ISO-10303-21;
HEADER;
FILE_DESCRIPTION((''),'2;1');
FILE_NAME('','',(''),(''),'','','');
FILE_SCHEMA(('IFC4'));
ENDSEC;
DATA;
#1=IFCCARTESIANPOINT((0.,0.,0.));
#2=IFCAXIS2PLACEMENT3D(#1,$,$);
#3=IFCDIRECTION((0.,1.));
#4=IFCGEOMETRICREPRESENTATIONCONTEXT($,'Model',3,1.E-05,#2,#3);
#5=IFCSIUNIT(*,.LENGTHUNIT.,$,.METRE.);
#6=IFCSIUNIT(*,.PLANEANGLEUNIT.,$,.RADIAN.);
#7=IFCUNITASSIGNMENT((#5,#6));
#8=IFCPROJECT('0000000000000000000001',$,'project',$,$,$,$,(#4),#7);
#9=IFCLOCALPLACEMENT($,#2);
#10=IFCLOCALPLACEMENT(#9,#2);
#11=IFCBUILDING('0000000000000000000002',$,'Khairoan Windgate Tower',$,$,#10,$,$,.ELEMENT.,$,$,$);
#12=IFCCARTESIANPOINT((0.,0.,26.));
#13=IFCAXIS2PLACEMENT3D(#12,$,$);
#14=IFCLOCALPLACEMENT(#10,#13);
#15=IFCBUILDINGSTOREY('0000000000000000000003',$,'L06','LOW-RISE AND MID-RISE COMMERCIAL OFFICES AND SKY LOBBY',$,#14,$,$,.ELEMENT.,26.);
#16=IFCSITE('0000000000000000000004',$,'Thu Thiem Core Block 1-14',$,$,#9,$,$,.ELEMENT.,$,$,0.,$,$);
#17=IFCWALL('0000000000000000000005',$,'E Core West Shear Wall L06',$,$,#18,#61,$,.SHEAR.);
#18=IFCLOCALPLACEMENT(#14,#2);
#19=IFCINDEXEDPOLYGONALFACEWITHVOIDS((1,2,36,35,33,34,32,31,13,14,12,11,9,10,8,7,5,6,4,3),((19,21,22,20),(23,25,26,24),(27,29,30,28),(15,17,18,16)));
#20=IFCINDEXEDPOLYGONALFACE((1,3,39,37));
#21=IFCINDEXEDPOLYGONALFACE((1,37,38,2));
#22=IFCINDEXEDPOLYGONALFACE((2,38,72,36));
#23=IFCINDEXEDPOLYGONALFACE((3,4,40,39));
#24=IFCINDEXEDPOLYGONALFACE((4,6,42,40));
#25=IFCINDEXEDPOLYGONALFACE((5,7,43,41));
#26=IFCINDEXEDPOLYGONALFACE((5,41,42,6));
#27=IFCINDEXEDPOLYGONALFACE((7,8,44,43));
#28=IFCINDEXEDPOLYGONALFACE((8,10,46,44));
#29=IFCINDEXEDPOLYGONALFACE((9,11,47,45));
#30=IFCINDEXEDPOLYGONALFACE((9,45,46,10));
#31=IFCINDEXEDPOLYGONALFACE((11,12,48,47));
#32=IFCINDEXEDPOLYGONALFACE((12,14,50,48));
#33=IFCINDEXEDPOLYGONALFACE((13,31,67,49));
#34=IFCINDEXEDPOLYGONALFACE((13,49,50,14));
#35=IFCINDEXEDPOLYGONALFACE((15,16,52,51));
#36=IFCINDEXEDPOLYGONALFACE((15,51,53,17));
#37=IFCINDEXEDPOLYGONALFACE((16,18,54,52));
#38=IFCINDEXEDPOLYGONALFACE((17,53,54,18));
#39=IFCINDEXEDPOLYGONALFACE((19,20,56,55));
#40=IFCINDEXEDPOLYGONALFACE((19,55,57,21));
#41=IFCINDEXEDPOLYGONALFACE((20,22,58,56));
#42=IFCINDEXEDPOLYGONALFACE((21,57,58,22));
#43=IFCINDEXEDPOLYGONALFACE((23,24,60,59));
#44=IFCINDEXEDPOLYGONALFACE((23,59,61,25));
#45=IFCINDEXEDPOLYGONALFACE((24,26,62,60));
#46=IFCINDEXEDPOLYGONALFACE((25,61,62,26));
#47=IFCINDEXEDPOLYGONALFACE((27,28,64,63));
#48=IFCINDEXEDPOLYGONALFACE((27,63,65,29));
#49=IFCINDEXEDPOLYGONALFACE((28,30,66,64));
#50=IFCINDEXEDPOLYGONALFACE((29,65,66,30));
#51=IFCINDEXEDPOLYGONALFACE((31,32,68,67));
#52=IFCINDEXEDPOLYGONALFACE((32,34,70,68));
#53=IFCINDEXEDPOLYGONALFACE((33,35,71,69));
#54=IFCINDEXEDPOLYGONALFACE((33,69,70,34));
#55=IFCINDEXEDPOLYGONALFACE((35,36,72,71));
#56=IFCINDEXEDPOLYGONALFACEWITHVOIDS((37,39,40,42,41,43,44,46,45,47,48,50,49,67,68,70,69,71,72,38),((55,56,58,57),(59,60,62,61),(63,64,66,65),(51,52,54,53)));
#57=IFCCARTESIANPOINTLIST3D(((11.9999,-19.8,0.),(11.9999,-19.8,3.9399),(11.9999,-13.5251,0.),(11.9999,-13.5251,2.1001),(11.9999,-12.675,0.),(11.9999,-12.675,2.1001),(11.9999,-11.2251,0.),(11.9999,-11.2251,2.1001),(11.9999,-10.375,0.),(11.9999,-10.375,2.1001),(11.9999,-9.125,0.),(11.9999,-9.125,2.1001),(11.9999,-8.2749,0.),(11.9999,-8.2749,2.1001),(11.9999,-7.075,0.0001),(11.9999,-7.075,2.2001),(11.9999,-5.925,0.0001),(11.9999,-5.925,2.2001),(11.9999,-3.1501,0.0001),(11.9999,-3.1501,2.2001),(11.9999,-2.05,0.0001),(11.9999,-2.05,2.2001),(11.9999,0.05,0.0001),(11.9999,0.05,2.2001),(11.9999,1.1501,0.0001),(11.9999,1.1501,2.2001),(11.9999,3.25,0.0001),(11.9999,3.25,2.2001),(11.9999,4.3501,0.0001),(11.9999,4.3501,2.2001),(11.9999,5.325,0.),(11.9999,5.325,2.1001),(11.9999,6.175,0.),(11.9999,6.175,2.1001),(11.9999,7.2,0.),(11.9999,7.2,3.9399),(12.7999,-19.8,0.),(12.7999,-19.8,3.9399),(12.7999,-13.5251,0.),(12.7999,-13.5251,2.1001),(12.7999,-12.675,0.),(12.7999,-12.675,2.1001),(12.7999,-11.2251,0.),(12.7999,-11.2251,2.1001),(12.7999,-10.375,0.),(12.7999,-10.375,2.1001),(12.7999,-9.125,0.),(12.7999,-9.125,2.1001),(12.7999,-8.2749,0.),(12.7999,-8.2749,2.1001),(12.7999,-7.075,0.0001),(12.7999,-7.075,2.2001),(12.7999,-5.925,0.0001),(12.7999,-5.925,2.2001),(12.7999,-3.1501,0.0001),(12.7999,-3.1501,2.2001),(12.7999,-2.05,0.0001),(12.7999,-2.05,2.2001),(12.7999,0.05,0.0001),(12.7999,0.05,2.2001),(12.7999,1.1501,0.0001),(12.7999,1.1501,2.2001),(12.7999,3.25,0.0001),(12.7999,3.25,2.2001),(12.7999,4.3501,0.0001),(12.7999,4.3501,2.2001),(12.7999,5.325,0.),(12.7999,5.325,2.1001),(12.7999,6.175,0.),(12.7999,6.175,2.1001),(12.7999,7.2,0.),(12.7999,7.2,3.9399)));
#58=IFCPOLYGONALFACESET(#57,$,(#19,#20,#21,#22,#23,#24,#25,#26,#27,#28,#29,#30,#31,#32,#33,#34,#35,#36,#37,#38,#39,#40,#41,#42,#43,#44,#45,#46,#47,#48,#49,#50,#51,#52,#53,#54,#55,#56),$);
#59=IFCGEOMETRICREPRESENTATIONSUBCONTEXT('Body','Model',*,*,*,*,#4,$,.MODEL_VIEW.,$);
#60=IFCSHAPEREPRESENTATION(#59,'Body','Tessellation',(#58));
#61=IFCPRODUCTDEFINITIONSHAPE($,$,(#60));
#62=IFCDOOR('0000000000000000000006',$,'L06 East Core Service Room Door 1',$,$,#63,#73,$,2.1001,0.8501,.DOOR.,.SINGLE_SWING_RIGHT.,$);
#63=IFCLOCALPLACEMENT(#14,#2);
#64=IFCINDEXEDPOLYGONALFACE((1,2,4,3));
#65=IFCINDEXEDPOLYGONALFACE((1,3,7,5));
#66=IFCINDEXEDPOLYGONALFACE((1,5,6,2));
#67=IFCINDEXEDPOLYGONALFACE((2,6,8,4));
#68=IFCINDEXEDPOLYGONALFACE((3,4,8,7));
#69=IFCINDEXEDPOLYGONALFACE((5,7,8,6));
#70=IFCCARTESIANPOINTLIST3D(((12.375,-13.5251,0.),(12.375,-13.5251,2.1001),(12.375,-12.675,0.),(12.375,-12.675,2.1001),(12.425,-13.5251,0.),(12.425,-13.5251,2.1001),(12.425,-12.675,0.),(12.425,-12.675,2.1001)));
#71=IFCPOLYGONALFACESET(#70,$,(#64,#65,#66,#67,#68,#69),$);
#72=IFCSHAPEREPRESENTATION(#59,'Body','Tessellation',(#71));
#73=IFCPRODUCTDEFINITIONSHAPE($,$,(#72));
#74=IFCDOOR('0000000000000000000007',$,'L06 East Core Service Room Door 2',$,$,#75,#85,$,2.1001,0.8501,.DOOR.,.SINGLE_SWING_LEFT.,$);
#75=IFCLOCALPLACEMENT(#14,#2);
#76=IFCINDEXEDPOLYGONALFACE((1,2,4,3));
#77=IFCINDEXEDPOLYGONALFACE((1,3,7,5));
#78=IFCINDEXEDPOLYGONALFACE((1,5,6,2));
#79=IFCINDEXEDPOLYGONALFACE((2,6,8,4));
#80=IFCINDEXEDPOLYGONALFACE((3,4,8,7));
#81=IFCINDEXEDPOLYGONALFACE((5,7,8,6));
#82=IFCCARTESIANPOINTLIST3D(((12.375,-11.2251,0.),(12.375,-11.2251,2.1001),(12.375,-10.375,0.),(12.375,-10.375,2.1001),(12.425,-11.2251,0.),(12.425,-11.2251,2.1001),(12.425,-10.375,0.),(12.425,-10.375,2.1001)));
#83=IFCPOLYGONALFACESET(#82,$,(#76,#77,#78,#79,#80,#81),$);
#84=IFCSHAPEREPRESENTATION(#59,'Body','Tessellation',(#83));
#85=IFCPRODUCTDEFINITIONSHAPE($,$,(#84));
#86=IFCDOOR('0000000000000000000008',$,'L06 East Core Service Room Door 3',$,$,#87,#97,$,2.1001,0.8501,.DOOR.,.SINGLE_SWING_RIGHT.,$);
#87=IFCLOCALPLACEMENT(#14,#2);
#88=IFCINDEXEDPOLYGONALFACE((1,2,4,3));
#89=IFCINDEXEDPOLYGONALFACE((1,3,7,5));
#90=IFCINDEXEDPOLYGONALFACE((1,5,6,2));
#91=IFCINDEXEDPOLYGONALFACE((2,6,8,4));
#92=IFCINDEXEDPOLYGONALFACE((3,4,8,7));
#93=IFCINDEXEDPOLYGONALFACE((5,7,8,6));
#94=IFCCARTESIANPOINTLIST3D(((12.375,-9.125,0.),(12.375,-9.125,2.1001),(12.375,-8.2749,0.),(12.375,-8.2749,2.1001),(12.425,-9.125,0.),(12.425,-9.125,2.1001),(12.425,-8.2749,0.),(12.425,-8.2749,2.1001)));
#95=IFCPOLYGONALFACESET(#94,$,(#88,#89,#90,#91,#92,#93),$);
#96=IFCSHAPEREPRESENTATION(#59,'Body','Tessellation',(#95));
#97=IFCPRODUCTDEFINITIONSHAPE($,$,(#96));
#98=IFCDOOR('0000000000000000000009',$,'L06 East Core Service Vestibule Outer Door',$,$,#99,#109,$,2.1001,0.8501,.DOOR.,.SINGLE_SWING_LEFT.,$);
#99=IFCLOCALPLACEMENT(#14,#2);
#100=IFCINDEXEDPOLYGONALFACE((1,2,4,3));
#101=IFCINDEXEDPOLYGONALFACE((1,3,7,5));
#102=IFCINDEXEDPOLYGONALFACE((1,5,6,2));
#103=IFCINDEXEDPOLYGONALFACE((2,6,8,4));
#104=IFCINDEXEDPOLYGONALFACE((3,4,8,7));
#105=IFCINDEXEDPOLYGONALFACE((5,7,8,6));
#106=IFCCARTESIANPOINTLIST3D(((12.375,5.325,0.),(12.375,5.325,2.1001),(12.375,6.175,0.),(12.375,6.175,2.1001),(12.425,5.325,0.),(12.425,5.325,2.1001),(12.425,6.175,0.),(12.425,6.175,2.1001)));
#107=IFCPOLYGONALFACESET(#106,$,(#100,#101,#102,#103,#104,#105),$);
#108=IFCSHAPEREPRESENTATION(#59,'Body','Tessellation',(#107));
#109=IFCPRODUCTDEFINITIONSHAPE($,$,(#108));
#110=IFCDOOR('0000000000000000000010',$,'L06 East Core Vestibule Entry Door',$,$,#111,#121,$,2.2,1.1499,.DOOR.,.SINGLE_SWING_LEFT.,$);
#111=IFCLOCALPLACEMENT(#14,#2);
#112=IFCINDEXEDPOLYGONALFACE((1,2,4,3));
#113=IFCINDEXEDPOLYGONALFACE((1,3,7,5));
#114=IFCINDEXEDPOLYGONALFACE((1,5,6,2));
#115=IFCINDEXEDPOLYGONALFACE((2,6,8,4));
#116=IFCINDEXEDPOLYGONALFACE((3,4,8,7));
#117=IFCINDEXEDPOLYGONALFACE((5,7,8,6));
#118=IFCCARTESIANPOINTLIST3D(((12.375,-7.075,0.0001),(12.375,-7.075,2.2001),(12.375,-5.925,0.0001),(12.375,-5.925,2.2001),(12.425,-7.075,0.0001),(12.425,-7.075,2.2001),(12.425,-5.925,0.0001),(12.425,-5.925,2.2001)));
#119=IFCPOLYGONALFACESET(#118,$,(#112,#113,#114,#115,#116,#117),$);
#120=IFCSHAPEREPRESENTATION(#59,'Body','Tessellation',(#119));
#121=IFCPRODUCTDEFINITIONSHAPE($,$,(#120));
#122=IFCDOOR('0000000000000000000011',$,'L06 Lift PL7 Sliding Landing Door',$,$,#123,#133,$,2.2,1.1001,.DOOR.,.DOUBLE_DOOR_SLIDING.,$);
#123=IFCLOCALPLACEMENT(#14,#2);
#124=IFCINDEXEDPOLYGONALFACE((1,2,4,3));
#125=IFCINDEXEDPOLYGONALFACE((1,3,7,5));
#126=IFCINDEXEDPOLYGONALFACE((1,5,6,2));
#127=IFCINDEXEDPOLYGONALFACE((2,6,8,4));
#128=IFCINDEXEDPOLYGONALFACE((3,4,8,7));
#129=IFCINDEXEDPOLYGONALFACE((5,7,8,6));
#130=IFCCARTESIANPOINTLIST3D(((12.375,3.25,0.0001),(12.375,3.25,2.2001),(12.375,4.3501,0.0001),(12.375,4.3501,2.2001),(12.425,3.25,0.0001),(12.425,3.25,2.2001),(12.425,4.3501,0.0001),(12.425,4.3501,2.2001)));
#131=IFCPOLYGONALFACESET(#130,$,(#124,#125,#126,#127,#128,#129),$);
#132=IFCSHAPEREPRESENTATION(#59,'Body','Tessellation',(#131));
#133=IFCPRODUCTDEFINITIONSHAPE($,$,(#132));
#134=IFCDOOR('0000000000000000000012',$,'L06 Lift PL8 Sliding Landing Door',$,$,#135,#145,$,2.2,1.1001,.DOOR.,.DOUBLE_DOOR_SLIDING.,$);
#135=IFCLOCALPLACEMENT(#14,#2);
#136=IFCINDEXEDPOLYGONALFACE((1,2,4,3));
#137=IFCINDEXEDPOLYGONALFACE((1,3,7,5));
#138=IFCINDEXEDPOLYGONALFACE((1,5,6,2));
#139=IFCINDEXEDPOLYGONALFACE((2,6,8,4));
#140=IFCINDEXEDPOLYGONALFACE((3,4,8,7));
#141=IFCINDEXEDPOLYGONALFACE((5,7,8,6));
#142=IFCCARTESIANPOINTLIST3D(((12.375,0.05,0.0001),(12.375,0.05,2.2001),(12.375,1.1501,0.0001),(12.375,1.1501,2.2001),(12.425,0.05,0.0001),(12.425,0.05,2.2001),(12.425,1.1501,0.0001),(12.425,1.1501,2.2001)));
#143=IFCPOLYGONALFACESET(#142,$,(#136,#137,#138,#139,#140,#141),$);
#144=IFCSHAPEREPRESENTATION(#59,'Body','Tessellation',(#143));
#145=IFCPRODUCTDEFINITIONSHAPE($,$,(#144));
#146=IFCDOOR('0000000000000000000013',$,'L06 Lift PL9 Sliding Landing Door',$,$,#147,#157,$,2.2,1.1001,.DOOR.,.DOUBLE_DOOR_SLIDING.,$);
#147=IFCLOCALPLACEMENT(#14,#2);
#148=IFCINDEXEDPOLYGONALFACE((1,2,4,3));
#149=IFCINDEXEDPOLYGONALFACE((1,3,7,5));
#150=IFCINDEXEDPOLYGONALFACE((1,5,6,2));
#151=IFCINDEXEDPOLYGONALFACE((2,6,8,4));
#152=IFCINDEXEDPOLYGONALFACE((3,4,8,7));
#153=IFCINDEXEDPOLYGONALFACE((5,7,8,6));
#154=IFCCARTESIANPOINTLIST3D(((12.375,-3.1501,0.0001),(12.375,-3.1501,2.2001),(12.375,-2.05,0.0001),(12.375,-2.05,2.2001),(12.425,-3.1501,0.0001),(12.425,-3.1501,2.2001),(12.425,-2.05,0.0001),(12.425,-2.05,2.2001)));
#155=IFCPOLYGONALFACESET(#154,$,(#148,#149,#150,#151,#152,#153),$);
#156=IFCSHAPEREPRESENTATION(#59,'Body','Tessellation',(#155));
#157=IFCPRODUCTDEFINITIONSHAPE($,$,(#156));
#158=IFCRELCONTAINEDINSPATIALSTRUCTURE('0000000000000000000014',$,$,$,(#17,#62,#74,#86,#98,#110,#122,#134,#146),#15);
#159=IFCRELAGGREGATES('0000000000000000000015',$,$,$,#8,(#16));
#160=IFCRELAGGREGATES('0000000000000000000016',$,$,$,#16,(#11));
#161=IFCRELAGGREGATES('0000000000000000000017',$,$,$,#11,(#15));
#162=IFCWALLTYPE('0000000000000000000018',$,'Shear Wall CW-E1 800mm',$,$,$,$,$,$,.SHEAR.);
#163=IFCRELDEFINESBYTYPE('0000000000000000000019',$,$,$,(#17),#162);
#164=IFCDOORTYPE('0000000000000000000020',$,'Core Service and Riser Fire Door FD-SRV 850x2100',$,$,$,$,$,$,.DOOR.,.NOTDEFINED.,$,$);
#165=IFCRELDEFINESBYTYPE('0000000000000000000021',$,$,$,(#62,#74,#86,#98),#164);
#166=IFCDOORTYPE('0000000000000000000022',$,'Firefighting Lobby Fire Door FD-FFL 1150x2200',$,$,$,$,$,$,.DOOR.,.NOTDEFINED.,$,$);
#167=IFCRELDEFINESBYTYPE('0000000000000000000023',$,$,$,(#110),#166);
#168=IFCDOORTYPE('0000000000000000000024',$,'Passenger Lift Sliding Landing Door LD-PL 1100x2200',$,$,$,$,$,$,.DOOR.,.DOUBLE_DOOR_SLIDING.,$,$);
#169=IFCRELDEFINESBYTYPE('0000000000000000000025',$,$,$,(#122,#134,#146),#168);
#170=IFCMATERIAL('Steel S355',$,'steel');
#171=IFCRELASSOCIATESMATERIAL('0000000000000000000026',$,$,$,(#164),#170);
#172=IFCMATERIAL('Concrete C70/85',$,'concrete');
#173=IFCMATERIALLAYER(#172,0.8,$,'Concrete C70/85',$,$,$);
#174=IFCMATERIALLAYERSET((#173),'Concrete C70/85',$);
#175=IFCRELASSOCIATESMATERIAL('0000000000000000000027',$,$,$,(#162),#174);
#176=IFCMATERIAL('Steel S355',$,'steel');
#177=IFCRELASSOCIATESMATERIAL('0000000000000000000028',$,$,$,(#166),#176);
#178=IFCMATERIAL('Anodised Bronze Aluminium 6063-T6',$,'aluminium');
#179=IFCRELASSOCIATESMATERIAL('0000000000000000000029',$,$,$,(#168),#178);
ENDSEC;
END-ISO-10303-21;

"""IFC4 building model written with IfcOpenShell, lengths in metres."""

from ifc_helpers import new_model, si_unit, direction, frame, frame_2d, origin, place, context, subcontext, project, spatial, rectangle, extrude, material, layer, layer_set, type_object, element, fill, save


model = new_model("IFC4")

# Units and contexts
model_context = context("Model", 3, precision=1e-05, world=origin(), true_north=direction((0.0, 1.0)))
body_context = subcontext(model_context, "Body", "Model", "MODEL_VIEW")
ifc_project = project(units=[si_unit("LENGTHUNIT", "METRE"), si_unit("PLANEANGLEUNIT", "RADIAN")], contexts=[model_context])

# Site, building, storey
site_placement = place(None, origin())
site = spatial("IfcSite", under=ifc_project, at=site_placement, Name="Thu Thiem Core Block 1-14", CompositionType="ELEMENT", RefElevation=0.0)
building_placement = place(site_placement, origin())
building = spatial("IfcBuilding", under=site, at=building_placement, Name="Khairoan Windgate Tower", CompositionType="ELEMENT")
storey_placement = place(building_placement, frame((0.0, 0.0, 26.0)))
storey = spatial("IfcBuildingStorey", under=building, at=storey_placement, Name="L06", Description="LOW-RISE AND MID-RISE COMMERCIAL OFFICES AND SKY LOBBY", CompositionType="ELEMENT", Elevation=26.0)

# Shared definitions
ifc_material_1 = material(Name="Steel S355", Category="steel")
door_type_1 = type_object("IfcDoorType", Name="Core Service and Riser Fire Door FD-SRV 850x2100", OperationType="NOTDEFINED", PredefinedType="DOOR", material=ifc_material_1)

# Wall, openings, doors
ifc_material_2 = material(Name="Concrete C70/85", Category="concrete")
ifc_layer_1 = layer(ifc_material_2, 0.8, Name="Concrete C70/85")
ifc_layer_set_1 = layer_set([ifc_layer_1], Name="Concrete C70/85")
wall_type_1 = type_object("IfcWallType", Name="Shear Wall CW-E1 800mm", PredefinedType="SHEAR", material=ifc_layer_set_1)
wall_1_placement = place(storey_placement, frame((12.3999, -19.8, 0.0), z_axis=(0.0, 0.0, 1.0), x_axis=(0.0, 1.0, 0.0)))
wall_1 = element("IfcWall", 1, at=wall_1_placement, inside=storey, type_object=wall_type_1, Name="E Core West Shear Wall L06", PredefinedType="SHEAR", context=body_context, shape_type="SweptSolid", body=[
    extrude(rectangle(XDim=27.0, YDim=0.8, at=frame_2d((13.5, 0.0))), origin(), (0.0, 0.0, 1.0), 3.9399),
])
opening_1_placement = place(wall_1_placement, frame((23.05, 0.0, 0.0)))
opening_1 = element("IfcOpeningElement", 2, at=opening_1_placement, cuts=wall_1, PredefinedType="OPENING", context=body_context, shape_type="SweptSolid", body=[
    extrude(rectangle(XDim=1.1001, YDim=2.2, at=frame_2d((0.55, 1.1001))), frame((0.0, 0.4099, 0.0), z_axis=(0.0, -1.0, 0.0), x_axis=(1.0, 0.0, 0.0)), (0.0, 0.0, 1.0), 0.8201),
])
opening_2_placement = place(wall_1_placement, frame((19.8501, 0.0, 0.0)))
opening_2 = element("IfcOpeningElement", 3, at=opening_2_placement, cuts=wall_1, PredefinedType="OPENING", context=body_context, shape_type="SweptSolid", body=[
    extrude(rectangle(XDim=1.1001, YDim=2.2, at=frame_2d((0.55, 1.1001))), frame((0.0, 0.4099, 0.0), z_axis=(0.0, -1.0, 0.0), x_axis=(1.0, 0.0, 0.0)), (0.0, 0.0, 1.0), 0.8201),
])
opening_3_placement = place(wall_1_placement, frame((16.6499, 0.0, 0.0)))
opening_3 = element("IfcOpeningElement", 4, at=opening_3_placement, cuts=wall_1, PredefinedType="OPENING", context=body_context, shape_type="SweptSolid", body=[
    extrude(rectangle(XDim=1.1001, YDim=2.2, at=frame_2d((0.55, 1.1001))), frame((0.0, 0.4099, 0.0), z_axis=(0.0, -1.0, 0.0), x_axis=(1.0, 0.0, 0.0)), (0.0, 0.0, 1.0), 0.8201),
])
opening_4_placement = place(wall_1_placement, frame((6.2749, 0.0, 0.0)))
opening_4 = element("IfcOpeningElement", 5, at=opening_4_placement, cuts=wall_1, PredefinedType="OPENING", context=body_context, shape_type="SweptSolid", body=[
    extrude(rectangle(XDim=0.8501, YDim=2.1001, at=frame_2d((0.425, 1.05))), frame((0.0, 0.4099, 0.0), z_axis=(0.0, -1.0, 0.0), x_axis=(1.0, 0.0, 0.0)), (0.0, 0.0, 1.0), 0.8201),
])
opening_5_placement = place(wall_1_placement, frame((8.575, 0.0, 0.0)))
opening_5 = element("IfcOpeningElement", 6, at=opening_5_placement, cuts=wall_1, PredefinedType="OPENING", context=body_context, shape_type="SweptSolid", body=[
    extrude(rectangle(XDim=0.8501, YDim=2.1001, at=frame_2d((0.425, 1.05))), frame((0.0, 0.4099, 0.0), z_axis=(0.0, -1.0, 0.0), x_axis=(1.0, 0.0, 0.0)), (0.0, 0.0, 1.0), 0.8201),
])
opening_6_placement = place(wall_1_placement, frame((10.675, 0.0, 0.0)))
opening_6 = element("IfcOpeningElement", 7, at=opening_6_placement, cuts=wall_1, PredefinedType="OPENING", context=body_context, shape_type="SweptSolid", body=[
    extrude(rectangle(XDim=0.8501, YDim=2.1001, at=frame_2d((0.425, 1.05))), frame((0.0, 0.4099, 0.0), z_axis=(0.0, -1.0, 0.0), x_axis=(1.0, 0.0, 0.0)), (0.0, 0.0, 1.0), 0.8201),
])
opening_7_placement = place(wall_1_placement, frame((12.7251, 0.0, 0.0)))
opening_7 = element("IfcOpeningElement", 8, at=opening_7_placement, cuts=wall_1, PredefinedType="OPENING", context=body_context, shape_type="SweptSolid", body=[
    extrude(rectangle(XDim=1.1499, YDim=2.2, at=frame_2d((0.575, 1.1001))), frame((0.0, 0.4099, 0.0), z_axis=(0.0, -1.0, 0.0), x_axis=(1.0, 0.0, 0.0)), (0.0, 0.0, 1.0), 0.8201),
])
opening_8_placement = place(wall_1_placement, frame((25.125, 0.0, 0.0)))
opening_8 = element("IfcOpeningElement", 9, at=opening_8_placement, cuts=wall_1, PredefinedType="OPENING", context=body_context, shape_type="SweptSolid", body=[
    extrude(rectangle(XDim=0.8501, YDim=2.1001, at=frame_2d((0.425, 1.05))), frame((0.0, 0.4099, 0.0), z_axis=(0.0, -1.0, 0.0), x_axis=(1.0, 0.0, 0.0)), (0.0, 0.0, 1.0), 0.8201),
])
door_1_placement = place(opening_4_placement, origin())
door_1 = element("IfcDoor", 10, at=door_1_placement, inside=storey, type_object=door_type_1, Name="L06 East Core Service Room Door 1", OperationType="SINGLE_SWING_RIGHT", OverallHeight=2.1001, OverallWidth=0.8501, PredefinedType="DOOR", context=body_context, shape_type="SweptSolid", body=[
    extrude(rectangle(XDim=0.8501, YDim=2.1001, at=frame_2d((0.425, 1.05))), frame((0.0, 0.0249, 0.0), z_axis=(0.0, -1.0, 0.0), x_axis=(1.0, 0.0, 0.0)), (0.0, 0.0, 1.0), 0.05),
])
fill(opening_4, door_1)
door_2_placement = place(opening_5_placement, origin())
door_2 = element("IfcDoor", 11, at=door_2_placement, inside=storey, type_object=door_type_1, Name="L06 East Core Service Room Door 2", OperationType="SINGLE_SWING_LEFT", OverallHeight=2.1001, OverallWidth=0.8501, PredefinedType="DOOR", context=body_context, shape_type="SweptSolid", body=[
    extrude(rectangle(XDim=0.8501, YDim=2.1001, at=frame_2d((0.425, 1.05))), frame((0.0, 0.0249, 0.0), z_axis=(0.0, -1.0, 0.0), x_axis=(1.0, 0.0, 0.0)), (0.0, 0.0, 1.0), 0.05),
])
fill(opening_5, door_2)
door_3_placement = place(opening_6_placement, origin())
door_3 = element("IfcDoor", 12, at=door_3_placement, inside=storey, type_object=door_type_1, Name="L06 East Core Service Room Door 3", OperationType="SINGLE_SWING_RIGHT", OverallHeight=2.1001, OverallWidth=0.8501, PredefinedType="DOOR", context=body_context, shape_type="SweptSolid", body=[
    extrude(rectangle(XDim=0.8501, YDim=2.1001, at=frame_2d((0.425, 1.05))), frame((0.0, 0.0249, 0.0), z_axis=(0.0, -1.0, 0.0), x_axis=(1.0, 0.0, 0.0)), (0.0, 0.0, 1.0), 0.05),
])
fill(opening_6, door_3)
door_4_placement = place(opening_8_placement, origin())
door_4 = element("IfcDoor", 13, at=door_4_placement, inside=storey, type_object=door_type_1, Name="L06 East Core Service Vestibule Outer Door", OperationType="SINGLE_SWING_LEFT", OverallHeight=2.1001, OverallWidth=0.8501, PredefinedType="DOOR", context=body_context, shape_type="SweptSolid", body=[
    extrude(rectangle(XDim=0.8501, YDim=2.1001, at=frame_2d((0.425, 1.05))), frame((0.0, 0.0249, 0.0), z_axis=(0.0, -1.0, 0.0), x_axis=(1.0, 0.0, 0.0)), (0.0, 0.0, 1.0), 0.05),
])
fill(opening_8, door_4)
ifc_material_3 = material(Name="Steel S355", Category="steel")
door_type_2 = type_object("IfcDoorType", Name="Firefighting Lobby Fire Door FD-FFL 1150x2200", OperationType="NOTDEFINED", PredefinedType="DOOR", material=ifc_material_3)
door_5_placement = place(opening_7_placement, origin())
door_5 = element("IfcDoor", 14, at=door_5_placement, inside=storey, type_object=door_type_2, Name="L06 East Core Vestibule Entry Door", OperationType="SINGLE_SWING_LEFT", OverallHeight=2.2, OverallWidth=1.1499, PredefinedType="DOOR", context=body_context, shape_type="SweptSolid", body=[
    extrude(rectangle(XDim=1.1499, YDim=2.2, at=frame_2d((0.575, 1.1001))), frame((0.0, 0.0249, 0.0), z_axis=(0.0, -1.0, 0.0), x_axis=(1.0, 0.0, 0.0)), (0.0, 0.0, 1.0), 0.05),
])
fill(opening_7, door_5)
ifc_material_4 = material(Name="Anodised Bronze Aluminium 6063-T6", Category="aluminium")
door_type_3 = type_object("IfcDoorType", Name="Passenger Lift Sliding Landing Door LD-PL 1100x2200", OperationType="DOUBLE_DOOR_SLIDING", PredefinedType="DOOR", material=ifc_material_4)
door_6_placement = place(opening_1_placement, origin())
door_6 = element("IfcDoor", 15, at=door_6_placement, inside=storey, type_object=door_type_3, Name="L06 Lift PL7 Sliding Landing Door", OperationType="DOUBLE_DOOR_SLIDING", OverallHeight=2.2, OverallWidth=1.1001, PredefinedType="DOOR", context=body_context, shape_type="SweptSolid", body=[
    extrude(rectangle(XDim=1.1001, YDim=2.2, at=frame_2d((0.55, 1.1001))), frame((0.0, 0.0249, 0.0), z_axis=(0.0, -1.0, 0.0), x_axis=(1.0, 0.0, 0.0)), (0.0, 0.0, 1.0), 0.05),
])
fill(opening_1, door_6)
door_7_placement = place(opening_2_placement, origin())
door_7 = element("IfcDoor", 16, at=door_7_placement, inside=storey, type_object=door_type_3, Name="L06 Lift PL8 Sliding Landing Door", OperationType="DOUBLE_DOOR_SLIDING", OverallHeight=2.2, OverallWidth=1.1001, PredefinedType="DOOR", context=body_context, shape_type="SweptSolid", body=[
    extrude(rectangle(XDim=1.1001, YDim=2.2, at=frame_2d((0.55, 1.1001))), frame((0.0, 0.0249, 0.0), z_axis=(0.0, -1.0, 0.0), x_axis=(1.0, 0.0, 0.0)), (0.0, 0.0, 1.0), 0.05),
])
fill(opening_2, door_7)
door_8_placement = place(opening_3_placement, origin())
door_8 = element("IfcDoor", 17, at=door_8_placement, inside=storey, type_object=door_type_3, Name="L06 Lift PL9 Sliding Landing Door", OperationType="DOUBLE_DOOR_SLIDING", OverallHeight=2.2, OverallWidth=1.1001, PredefinedType="DOOR", context=body_context, shape_type="SweptSolid", body=[
    extrude(rectangle(XDim=1.1001, YDim=2.2, at=frame_2d((0.55, 1.1001))), frame((0.0, 0.0249, 0.0), z_axis=(0.0, -1.0, 0.0), x_axis=(1.0, 0.0, 0.0)), (0.0, 0.0, 1.0), 0.05),
])
fill(opening_3, door_8)

save(model, "model.ifc")
